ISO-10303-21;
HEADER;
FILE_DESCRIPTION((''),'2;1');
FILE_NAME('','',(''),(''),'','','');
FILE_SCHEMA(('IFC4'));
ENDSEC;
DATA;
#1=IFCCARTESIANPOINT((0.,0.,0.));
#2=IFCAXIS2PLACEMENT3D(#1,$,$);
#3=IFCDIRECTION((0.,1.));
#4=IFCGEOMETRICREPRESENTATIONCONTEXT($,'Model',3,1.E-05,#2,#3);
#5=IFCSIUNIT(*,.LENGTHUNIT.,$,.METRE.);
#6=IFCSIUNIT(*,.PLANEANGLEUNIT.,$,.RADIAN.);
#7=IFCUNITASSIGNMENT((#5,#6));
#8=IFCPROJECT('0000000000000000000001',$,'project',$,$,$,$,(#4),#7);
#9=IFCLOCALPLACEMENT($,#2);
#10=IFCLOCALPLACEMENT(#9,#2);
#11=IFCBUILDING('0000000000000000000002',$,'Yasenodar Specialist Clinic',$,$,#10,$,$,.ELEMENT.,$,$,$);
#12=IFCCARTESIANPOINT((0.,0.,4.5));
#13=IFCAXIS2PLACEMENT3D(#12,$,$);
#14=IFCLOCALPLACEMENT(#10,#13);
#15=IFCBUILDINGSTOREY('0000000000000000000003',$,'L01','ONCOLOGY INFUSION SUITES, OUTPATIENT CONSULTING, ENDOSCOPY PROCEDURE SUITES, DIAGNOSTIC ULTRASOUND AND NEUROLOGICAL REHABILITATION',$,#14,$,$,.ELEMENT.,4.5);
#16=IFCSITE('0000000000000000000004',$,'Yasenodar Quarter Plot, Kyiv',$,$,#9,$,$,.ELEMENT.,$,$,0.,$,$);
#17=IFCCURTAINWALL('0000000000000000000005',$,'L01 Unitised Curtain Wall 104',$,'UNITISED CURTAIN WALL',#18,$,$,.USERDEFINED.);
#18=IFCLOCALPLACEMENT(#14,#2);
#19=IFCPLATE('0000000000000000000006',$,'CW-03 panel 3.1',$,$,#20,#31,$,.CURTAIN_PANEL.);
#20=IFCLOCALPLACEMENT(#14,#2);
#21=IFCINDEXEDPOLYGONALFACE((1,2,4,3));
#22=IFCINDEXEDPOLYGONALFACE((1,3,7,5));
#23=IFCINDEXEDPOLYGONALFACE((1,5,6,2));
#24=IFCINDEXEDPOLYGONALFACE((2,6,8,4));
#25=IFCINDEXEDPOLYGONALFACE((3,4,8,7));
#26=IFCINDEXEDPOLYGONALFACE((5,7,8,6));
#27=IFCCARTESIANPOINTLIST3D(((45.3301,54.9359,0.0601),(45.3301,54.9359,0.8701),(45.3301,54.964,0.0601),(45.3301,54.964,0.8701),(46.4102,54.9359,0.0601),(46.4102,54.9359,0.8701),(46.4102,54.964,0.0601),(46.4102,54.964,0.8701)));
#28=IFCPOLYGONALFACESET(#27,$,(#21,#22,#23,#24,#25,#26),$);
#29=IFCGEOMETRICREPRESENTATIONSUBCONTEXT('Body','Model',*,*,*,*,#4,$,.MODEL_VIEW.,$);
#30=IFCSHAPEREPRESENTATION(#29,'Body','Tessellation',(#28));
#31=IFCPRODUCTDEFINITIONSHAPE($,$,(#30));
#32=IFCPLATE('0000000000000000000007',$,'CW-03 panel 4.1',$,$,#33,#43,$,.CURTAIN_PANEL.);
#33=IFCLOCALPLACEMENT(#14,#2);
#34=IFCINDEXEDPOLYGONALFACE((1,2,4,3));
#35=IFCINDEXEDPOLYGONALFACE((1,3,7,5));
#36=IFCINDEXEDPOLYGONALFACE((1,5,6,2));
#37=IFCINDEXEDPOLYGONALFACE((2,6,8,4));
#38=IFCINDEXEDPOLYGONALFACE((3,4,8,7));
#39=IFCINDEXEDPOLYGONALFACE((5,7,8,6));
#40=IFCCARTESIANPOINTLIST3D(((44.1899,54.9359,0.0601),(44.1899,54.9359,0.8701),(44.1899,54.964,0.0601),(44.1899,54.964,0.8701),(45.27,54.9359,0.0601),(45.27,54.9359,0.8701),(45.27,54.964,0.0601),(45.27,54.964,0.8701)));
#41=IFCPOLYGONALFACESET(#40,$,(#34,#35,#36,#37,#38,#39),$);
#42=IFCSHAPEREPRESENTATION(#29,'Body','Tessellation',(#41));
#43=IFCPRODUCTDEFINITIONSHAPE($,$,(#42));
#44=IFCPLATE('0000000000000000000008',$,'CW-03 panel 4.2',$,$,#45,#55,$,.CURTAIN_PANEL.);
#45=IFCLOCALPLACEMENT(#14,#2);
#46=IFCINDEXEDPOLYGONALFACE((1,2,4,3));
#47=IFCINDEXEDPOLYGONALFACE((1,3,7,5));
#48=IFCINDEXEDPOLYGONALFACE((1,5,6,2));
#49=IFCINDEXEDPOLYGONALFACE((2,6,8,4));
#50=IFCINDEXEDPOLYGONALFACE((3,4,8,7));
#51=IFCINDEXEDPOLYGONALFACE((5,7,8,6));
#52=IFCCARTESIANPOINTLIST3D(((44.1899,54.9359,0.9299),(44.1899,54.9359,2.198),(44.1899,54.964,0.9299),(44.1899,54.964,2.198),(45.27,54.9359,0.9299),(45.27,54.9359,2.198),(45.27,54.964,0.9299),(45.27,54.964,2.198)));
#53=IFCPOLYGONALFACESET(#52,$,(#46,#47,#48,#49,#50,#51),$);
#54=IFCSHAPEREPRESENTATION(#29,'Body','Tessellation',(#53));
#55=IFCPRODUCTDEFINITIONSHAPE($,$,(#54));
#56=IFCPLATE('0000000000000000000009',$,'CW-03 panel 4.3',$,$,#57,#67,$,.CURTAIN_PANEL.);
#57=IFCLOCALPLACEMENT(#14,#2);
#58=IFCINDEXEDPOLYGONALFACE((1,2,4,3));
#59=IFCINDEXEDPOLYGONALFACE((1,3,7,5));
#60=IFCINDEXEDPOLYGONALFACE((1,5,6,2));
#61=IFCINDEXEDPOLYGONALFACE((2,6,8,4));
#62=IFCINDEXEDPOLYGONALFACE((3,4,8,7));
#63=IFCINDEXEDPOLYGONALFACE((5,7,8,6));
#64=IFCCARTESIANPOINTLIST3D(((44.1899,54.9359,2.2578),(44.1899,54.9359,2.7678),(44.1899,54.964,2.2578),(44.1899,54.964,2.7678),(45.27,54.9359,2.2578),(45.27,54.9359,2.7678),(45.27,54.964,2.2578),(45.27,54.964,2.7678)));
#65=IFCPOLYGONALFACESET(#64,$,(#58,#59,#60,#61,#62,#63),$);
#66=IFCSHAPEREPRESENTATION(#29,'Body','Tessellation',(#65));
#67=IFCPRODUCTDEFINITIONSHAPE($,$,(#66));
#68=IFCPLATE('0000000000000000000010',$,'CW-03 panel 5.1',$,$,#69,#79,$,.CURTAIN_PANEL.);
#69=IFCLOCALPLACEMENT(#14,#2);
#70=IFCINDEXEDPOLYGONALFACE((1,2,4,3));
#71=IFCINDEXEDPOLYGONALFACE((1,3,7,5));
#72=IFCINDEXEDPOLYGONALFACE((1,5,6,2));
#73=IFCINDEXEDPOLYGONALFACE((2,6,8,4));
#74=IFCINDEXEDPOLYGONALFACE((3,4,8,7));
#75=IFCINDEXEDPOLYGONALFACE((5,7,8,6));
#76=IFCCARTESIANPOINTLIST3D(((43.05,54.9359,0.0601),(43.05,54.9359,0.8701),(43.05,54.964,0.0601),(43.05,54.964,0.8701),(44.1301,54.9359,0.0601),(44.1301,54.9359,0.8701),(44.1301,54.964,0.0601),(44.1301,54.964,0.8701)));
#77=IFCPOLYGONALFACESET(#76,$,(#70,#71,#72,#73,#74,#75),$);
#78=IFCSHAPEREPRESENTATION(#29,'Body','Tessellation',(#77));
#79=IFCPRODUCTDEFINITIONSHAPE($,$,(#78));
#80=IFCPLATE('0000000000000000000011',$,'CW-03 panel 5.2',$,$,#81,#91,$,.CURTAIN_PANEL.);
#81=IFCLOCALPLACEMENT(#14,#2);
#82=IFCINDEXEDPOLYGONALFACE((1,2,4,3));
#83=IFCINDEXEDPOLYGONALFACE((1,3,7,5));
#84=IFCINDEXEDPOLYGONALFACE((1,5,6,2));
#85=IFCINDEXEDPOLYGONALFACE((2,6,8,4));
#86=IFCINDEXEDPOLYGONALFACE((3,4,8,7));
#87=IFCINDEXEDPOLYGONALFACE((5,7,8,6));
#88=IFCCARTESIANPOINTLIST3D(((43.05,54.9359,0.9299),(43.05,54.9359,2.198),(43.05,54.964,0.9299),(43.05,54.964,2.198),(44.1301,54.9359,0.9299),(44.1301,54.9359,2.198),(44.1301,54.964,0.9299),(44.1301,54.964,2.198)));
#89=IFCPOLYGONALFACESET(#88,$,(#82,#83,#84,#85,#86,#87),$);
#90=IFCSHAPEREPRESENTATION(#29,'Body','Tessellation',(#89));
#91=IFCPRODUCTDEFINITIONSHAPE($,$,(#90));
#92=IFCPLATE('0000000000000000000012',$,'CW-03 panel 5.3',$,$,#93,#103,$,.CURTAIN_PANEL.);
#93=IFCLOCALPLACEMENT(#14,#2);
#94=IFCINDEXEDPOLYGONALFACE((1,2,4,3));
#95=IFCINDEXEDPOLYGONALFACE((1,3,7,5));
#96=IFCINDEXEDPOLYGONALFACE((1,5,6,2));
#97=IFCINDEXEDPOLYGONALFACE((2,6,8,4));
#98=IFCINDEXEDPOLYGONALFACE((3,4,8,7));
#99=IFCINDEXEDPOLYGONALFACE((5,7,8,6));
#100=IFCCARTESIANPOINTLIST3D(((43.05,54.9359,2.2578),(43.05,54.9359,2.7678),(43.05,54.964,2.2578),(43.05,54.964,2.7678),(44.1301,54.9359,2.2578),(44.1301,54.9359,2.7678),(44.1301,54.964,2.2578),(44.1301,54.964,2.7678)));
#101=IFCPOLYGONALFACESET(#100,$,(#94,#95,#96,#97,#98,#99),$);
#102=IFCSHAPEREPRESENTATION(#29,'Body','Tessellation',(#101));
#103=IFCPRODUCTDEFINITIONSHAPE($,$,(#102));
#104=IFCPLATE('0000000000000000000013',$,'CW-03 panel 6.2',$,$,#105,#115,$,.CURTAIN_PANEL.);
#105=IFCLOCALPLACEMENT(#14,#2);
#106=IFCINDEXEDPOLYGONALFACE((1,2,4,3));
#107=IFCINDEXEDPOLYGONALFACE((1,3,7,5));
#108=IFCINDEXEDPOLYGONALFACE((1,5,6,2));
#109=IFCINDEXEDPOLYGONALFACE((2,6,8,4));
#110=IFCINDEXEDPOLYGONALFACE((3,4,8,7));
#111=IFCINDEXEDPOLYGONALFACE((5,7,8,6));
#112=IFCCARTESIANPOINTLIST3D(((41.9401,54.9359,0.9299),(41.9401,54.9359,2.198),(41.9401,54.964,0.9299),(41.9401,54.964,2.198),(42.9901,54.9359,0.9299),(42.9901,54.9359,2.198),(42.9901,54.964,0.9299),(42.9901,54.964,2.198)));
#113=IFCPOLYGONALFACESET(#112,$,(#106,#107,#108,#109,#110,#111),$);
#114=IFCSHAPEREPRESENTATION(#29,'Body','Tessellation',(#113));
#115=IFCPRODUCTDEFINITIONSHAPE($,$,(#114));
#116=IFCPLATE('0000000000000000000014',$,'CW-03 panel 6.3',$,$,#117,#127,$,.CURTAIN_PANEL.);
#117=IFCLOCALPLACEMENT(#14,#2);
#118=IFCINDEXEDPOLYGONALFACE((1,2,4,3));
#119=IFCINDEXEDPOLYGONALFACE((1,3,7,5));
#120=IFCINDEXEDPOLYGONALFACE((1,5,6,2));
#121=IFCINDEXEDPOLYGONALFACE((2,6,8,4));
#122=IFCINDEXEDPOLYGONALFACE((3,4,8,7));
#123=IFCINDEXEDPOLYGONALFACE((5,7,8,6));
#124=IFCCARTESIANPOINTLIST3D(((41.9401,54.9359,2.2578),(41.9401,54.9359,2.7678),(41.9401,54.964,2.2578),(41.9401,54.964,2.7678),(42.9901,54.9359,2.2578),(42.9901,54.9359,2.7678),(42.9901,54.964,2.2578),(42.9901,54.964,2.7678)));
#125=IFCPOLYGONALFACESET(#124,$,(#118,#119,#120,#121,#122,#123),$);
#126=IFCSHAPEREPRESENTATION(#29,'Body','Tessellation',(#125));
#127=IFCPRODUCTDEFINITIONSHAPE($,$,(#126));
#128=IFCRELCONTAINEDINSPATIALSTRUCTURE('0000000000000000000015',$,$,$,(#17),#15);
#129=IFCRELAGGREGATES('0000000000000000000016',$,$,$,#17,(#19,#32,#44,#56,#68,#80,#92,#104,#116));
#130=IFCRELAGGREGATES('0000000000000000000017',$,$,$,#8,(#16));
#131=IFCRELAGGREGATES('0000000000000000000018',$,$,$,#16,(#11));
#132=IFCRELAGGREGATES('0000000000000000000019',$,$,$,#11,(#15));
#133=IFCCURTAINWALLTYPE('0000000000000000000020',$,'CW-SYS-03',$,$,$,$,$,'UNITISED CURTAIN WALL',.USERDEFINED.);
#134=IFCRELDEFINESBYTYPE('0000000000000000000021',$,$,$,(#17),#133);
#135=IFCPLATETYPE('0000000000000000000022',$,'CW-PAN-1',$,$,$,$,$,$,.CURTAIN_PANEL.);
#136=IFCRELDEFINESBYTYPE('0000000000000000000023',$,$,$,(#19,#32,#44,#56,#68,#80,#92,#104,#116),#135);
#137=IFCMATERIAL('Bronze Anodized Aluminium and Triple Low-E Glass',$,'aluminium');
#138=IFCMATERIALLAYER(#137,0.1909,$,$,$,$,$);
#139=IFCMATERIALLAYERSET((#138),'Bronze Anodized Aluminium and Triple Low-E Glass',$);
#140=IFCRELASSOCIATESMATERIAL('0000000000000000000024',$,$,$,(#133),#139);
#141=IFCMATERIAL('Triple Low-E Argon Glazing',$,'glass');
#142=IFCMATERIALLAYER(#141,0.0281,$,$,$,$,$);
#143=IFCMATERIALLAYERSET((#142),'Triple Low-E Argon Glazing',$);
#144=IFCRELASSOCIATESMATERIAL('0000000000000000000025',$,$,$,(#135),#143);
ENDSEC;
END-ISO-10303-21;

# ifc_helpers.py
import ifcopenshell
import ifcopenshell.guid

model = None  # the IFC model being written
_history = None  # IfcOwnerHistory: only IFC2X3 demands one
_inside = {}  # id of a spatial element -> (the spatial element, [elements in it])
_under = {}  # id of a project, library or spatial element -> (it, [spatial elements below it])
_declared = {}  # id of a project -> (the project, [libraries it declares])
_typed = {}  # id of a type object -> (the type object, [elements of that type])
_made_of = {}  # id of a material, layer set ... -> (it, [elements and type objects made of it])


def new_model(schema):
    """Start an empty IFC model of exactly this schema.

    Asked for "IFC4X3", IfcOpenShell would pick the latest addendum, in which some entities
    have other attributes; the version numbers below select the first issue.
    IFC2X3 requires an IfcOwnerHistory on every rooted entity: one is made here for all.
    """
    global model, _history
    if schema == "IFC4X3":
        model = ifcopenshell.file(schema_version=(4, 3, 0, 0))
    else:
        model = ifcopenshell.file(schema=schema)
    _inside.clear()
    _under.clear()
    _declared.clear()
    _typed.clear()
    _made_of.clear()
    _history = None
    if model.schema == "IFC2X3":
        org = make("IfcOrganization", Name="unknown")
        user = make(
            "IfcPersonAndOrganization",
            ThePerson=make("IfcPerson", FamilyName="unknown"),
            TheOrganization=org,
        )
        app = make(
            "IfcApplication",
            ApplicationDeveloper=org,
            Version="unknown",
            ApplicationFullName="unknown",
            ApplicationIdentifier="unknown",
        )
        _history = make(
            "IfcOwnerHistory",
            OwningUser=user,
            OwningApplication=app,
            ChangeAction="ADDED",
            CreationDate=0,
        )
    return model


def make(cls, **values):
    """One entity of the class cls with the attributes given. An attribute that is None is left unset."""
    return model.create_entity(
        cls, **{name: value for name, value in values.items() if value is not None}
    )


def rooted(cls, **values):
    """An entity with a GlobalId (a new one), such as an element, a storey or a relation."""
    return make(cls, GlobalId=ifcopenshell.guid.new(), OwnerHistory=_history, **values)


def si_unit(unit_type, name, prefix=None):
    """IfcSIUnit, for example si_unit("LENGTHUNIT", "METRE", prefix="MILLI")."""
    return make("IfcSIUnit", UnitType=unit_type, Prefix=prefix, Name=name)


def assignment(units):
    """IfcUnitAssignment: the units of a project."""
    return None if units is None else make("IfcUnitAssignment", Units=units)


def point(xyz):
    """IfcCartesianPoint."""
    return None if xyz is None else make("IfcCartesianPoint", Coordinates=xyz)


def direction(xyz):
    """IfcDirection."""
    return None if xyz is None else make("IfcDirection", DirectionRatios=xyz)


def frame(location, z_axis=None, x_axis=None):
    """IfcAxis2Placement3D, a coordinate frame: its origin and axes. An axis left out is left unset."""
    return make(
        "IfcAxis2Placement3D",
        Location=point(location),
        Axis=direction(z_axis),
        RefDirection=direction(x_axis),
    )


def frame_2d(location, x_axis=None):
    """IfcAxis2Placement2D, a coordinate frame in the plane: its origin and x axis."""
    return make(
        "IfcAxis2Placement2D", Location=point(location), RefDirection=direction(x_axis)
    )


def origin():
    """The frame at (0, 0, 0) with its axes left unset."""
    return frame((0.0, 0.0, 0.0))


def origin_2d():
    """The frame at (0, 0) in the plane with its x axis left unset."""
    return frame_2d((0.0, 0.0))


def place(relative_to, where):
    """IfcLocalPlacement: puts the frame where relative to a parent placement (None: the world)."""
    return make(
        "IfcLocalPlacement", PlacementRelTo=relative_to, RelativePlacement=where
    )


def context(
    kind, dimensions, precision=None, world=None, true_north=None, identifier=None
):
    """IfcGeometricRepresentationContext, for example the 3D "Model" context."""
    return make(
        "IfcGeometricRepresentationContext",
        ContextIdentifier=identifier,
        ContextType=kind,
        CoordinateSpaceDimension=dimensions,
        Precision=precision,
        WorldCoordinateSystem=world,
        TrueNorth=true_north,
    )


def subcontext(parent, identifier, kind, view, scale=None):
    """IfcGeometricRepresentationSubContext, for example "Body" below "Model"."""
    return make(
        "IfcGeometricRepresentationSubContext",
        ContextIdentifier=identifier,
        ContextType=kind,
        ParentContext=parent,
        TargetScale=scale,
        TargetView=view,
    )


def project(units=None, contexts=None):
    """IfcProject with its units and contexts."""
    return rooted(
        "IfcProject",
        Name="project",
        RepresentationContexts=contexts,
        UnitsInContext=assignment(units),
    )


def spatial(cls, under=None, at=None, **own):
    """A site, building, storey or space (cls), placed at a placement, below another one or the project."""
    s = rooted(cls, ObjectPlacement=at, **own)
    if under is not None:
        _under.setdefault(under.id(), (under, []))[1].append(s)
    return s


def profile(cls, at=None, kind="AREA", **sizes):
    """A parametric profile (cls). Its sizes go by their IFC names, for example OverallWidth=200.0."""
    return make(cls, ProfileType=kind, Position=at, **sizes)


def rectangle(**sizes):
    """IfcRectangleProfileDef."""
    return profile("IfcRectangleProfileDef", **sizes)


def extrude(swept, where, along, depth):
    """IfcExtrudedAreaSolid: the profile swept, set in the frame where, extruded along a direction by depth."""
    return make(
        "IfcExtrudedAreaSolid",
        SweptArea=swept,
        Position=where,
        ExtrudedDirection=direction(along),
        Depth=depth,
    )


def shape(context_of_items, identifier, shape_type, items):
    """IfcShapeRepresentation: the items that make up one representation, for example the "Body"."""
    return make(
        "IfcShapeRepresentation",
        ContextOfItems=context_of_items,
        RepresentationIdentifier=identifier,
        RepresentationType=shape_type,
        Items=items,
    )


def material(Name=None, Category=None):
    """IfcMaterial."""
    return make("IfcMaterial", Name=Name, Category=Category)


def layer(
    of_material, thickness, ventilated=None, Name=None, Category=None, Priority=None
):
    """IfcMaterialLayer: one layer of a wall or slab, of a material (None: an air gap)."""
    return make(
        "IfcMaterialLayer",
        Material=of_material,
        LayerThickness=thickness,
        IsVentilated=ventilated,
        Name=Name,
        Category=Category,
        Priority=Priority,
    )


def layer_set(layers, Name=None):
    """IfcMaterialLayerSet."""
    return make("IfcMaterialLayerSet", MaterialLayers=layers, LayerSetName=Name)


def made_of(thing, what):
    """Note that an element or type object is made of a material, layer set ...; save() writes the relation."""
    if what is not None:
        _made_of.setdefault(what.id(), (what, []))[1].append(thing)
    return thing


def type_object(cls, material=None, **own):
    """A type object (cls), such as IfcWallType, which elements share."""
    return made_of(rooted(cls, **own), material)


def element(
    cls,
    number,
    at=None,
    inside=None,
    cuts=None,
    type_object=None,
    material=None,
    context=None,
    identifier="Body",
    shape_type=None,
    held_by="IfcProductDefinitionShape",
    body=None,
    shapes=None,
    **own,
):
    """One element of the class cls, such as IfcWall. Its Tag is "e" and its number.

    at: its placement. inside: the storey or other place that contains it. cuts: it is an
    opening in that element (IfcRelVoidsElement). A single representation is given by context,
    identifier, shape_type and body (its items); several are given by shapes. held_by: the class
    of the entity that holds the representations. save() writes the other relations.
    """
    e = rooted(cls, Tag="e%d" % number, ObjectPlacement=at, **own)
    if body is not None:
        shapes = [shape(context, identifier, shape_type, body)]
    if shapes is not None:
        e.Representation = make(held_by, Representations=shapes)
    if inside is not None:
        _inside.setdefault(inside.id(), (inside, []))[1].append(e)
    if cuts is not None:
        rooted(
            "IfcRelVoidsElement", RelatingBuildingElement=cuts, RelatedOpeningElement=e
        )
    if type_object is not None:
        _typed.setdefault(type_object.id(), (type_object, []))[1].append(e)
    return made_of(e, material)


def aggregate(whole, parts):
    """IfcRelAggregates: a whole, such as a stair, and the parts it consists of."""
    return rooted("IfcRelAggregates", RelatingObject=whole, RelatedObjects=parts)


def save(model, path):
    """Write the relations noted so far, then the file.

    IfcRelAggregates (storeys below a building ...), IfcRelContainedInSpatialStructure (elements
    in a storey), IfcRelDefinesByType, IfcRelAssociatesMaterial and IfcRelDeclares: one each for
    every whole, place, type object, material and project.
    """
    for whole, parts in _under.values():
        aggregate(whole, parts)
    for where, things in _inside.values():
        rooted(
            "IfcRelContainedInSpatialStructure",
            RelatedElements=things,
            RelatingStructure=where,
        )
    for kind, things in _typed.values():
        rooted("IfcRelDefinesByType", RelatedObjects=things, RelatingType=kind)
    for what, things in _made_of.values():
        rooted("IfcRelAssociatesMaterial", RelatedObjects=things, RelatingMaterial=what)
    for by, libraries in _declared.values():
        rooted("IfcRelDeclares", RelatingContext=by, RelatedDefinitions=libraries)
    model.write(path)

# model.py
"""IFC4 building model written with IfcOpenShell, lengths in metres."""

from ifc_helpers import new_model, si_unit, direction, frame, origin, origin_2d, place, context, subcontext, project, spatial, rectangle, extrude, material, layer, layer_set, type_object, element, aggregate, save


model = new_model("IFC4")

# Units and contexts
model_context = context("Model", 3, precision=1e-05, world=origin(), true_north=direction((0.0, 1.0)))
body_context = subcontext(model_context, "Body", "Model", "MODEL_VIEW")
ifc_project = project(units=[si_unit("LENGTHUNIT", "METRE"), si_unit("PLANEANGLEUNIT", "RADIAN")], contexts=[model_context])

# Site, building, storey
site_placement = place(None, origin())
site = spatial("IfcSite", under=ifc_project, at=site_placement, Name="Yasenodar Quarter Plot, Kyiv", CompositionType="ELEMENT", RefElevation=0.0)
building_placement = place(site_placement, origin())
building = spatial("IfcBuilding", under=site, at=building_placement, Name="Yasenodar Specialist Clinic", CompositionType="ELEMENT")
storey_placement = place(building_placement, frame((0.0, 0.0, 4.5)))
storey = spatial("IfcBuildingStorey", under=building, at=storey_placement, Name="L01", Description="ONCOLOGY INFUSION SUITES, OUTPATIENT CONSULTING, ENDOSCOPY PROCEDURE SUITES, DIAGNOSTIC ULTRASOUND AND NEUROLOGICAL REHABILITATION", CompositionType="ELEMENT", Elevation=4.5)

# Curtain wall, plates
ifc_material_1 = material(Name="Bronze Anodized Aluminium and Triple Low-E Glass", Category="aluminium")
ifc_layer_1 = layer(ifc_material_1, 0.1909)
ifc_layer_set_1 = layer_set([ifc_layer_1], Name="Bronze Anodized Aluminium and Triple Low-E Glass")
curtain_wall_type = type_object("IfcCurtainWallType", Name="CW-SYS-03", ElementType="UNITISED CURTAIN WALL", PredefinedType="USERDEFINED", material=ifc_layer_set_1)
curtain_wall_placement = place(storey_placement, origin())
curtain_wall = element("IfcCurtainWall", 1, at=curtain_wall_placement, inside=storey, type_object=curtain_wall_type, Name="L01 Unitised Curtain Wall 104", ObjectType="UNITISED CURTAIN WALL", PredefinedType="USERDEFINED")
ifc_material_2 = material(Name="Triple Low-E Argon Glazing", Category="glass")
ifc_layer_2 = layer(ifc_material_2, 0.0281)
ifc_layer_set_2 = layer_set([ifc_layer_2], Name="Triple Low-E Argon Glazing")
plate_type = type_object("IfcPlateType", Name="CW-PAN-1", PredefinedType="CURTAIN_PANEL", material=ifc_layer_set_2)
plate_1_placement = place(storey_placement, frame((45.8701, 54.95, 0.0601), z_axis=(0.0, 0.0, 1.0), x_axis=(-1.0, 0.0, 0.0)))
plate_1 = element("IfcPlate", 2, at=plate_1_placement, type_object=plate_type, Name="CW-03 panel 3.1", PredefinedType="CURTAIN_PANEL", context=body_context, shape_type="SweptSolid", body=[
    extrude(rectangle(XDim=1.0801, YDim=0.0281, at=origin_2d()), origin(), (0.0, 0.0, 1.0), 0.8101),
])
plate_2_placement = place(storey_placement, frame((44.73, 54.95, 0.0601), z_axis=(0.0, 0.0, 1.0), x_axis=(-1.0, 0.0, 0.0)))
plate_2 = element("IfcPlate", 3, at=plate_2_placement, type_object=plate_type, Name="CW-03 panel 4.1", PredefinedType="CURTAIN_PANEL", context=body_context, shape_type="SweptSolid", body=[
    extrude(rectangle(XDim=1.0801, YDim=0.0281, at=origin_2d()), origin(), (0.0, 0.0, 1.0), 0.8101),
])
plate_3_placement = place(storey_placement, frame((44.73, 54.95, 0.9299), z_axis=(0.0, 0.0, 1.0), x_axis=(-1.0, 0.0, 0.0)))
plate_3 = element("IfcPlate", 4, at=plate_3_placement, type_object=plate_type, Name="CW-03 panel 4.2", PredefinedType="CURTAIN_PANEL", context=body_context, shape_type="SweptSolid", body=[
    extrude(rectangle(XDim=1.0801, YDim=0.0281, at=origin_2d()), origin(), (0.0, 0.0, 1.0), 1.2681),
])
plate_4_placement = place(storey_placement, frame((44.73, 54.95, 2.2578), z_axis=(0.0, 0.0, 1.0), x_axis=(-1.0, 0.0, 0.0)))
plate_4 = element("IfcPlate", 5, at=plate_4_placement, type_object=plate_type, Name="CW-03 panel 4.3", PredefinedType="CURTAIN_PANEL", context=body_context, shape_type="SweptSolid", body=[
    extrude(rectangle(XDim=1.0801, YDim=0.0281, at=origin_2d()), origin(), (0.0, 0.0, 1.0), 0.51),
])
plate_5_placement = place(storey_placement, frame((43.5901, 54.95, 0.0601), z_axis=(0.0, 0.0, 1.0), x_axis=(-1.0, 0.0, 0.0)))
plate_5 = element("IfcPlate", 6, at=plate_5_placement, type_object=plate_type, Name="CW-03 panel 5.1", PredefinedType="CURTAIN_PANEL", context=body_context, shape_type="SweptSolid", body=[
    extrude(rectangle(XDim=1.0801, YDim=0.0281, at=origin_2d()), origin(), (0.0, 0.0, 1.0), 0.8101),
])
plate_6_placement = place(storey_placement, frame((43.5901, 54.95, 0.9299), z_axis=(0.0, 0.0, 1.0), x_axis=(-1.0, 0.0, 0.0)))
plate_6 = element("IfcPlate", 7, at=plate_6_placement, type_object=plate_type, Name="CW-03 panel 5.2", PredefinedType="CURTAIN_PANEL", context=body_context, shape_type="SweptSolid", body=[
    extrude(rectangle(XDim=1.0801, YDim=0.0281, at=origin_2d()), origin(), (0.0, 0.0, 1.0), 1.2681),
])
plate_7_placement = place(storey_placement, frame((43.5901, 54.95, 2.2578), z_axis=(0.0, 0.0, 1.0), x_axis=(-1.0, 0.0, 0.0)))
plate_7 = element("IfcPlate", 8, at=plate_7_placement, type_object=plate_type, Name="CW-03 panel 5.3", PredefinedType="CURTAIN_PANEL", context=body_context, shape_type="SweptSolid", body=[
    extrude(rectangle(XDim=1.0801, YDim=0.0281, at=origin_2d()), origin(), (0.0, 0.0, 1.0), 0.51),
])
plate_8_placement = place(storey_placement, frame((42.4651, 54.95, 0.9299), z_axis=(0.0, 0.0, 1.0), x_axis=(-1.0, 0.0, 0.0)))
plate_8 = element("IfcPlate", 9, at=plate_8_placement, type_object=plate_type, Name="CW-03 panel 6.2", PredefinedType="CURTAIN_PANEL", context=body_context, shape_type="SweptSolid", body=[
    extrude(rectangle(XDim=1.05, YDim=0.0281, at=origin_2d()), origin(), (0.0, 0.0, 1.0), 1.2681),
])
plate_9_placement = place(storey_placement, frame((42.4651, 54.95, 2.2578), z_axis=(0.0, 0.0, 1.0), x_axis=(-1.0, 0.0, 0.0)))
plate_9 = element("IfcPlate", 10, at=plate_9_placement, type_object=plate_type, Name="CW-03 panel 6.3", PredefinedType="CURTAIN_PANEL", context=body_context, shape_type="SweptSolid", body=[
    extrude(rectangle(XDim=1.05, YDim=0.0281, at=origin_2d()), origin(), (0.0, 0.0, 1.0), 0.51),
])
aggregate(curtain_wall, [plate_1, plate_2, plate_3, plate_4, plate_5, plate_6, plate_7, plate_8, plate_9])

save(model, "model.ifc")
